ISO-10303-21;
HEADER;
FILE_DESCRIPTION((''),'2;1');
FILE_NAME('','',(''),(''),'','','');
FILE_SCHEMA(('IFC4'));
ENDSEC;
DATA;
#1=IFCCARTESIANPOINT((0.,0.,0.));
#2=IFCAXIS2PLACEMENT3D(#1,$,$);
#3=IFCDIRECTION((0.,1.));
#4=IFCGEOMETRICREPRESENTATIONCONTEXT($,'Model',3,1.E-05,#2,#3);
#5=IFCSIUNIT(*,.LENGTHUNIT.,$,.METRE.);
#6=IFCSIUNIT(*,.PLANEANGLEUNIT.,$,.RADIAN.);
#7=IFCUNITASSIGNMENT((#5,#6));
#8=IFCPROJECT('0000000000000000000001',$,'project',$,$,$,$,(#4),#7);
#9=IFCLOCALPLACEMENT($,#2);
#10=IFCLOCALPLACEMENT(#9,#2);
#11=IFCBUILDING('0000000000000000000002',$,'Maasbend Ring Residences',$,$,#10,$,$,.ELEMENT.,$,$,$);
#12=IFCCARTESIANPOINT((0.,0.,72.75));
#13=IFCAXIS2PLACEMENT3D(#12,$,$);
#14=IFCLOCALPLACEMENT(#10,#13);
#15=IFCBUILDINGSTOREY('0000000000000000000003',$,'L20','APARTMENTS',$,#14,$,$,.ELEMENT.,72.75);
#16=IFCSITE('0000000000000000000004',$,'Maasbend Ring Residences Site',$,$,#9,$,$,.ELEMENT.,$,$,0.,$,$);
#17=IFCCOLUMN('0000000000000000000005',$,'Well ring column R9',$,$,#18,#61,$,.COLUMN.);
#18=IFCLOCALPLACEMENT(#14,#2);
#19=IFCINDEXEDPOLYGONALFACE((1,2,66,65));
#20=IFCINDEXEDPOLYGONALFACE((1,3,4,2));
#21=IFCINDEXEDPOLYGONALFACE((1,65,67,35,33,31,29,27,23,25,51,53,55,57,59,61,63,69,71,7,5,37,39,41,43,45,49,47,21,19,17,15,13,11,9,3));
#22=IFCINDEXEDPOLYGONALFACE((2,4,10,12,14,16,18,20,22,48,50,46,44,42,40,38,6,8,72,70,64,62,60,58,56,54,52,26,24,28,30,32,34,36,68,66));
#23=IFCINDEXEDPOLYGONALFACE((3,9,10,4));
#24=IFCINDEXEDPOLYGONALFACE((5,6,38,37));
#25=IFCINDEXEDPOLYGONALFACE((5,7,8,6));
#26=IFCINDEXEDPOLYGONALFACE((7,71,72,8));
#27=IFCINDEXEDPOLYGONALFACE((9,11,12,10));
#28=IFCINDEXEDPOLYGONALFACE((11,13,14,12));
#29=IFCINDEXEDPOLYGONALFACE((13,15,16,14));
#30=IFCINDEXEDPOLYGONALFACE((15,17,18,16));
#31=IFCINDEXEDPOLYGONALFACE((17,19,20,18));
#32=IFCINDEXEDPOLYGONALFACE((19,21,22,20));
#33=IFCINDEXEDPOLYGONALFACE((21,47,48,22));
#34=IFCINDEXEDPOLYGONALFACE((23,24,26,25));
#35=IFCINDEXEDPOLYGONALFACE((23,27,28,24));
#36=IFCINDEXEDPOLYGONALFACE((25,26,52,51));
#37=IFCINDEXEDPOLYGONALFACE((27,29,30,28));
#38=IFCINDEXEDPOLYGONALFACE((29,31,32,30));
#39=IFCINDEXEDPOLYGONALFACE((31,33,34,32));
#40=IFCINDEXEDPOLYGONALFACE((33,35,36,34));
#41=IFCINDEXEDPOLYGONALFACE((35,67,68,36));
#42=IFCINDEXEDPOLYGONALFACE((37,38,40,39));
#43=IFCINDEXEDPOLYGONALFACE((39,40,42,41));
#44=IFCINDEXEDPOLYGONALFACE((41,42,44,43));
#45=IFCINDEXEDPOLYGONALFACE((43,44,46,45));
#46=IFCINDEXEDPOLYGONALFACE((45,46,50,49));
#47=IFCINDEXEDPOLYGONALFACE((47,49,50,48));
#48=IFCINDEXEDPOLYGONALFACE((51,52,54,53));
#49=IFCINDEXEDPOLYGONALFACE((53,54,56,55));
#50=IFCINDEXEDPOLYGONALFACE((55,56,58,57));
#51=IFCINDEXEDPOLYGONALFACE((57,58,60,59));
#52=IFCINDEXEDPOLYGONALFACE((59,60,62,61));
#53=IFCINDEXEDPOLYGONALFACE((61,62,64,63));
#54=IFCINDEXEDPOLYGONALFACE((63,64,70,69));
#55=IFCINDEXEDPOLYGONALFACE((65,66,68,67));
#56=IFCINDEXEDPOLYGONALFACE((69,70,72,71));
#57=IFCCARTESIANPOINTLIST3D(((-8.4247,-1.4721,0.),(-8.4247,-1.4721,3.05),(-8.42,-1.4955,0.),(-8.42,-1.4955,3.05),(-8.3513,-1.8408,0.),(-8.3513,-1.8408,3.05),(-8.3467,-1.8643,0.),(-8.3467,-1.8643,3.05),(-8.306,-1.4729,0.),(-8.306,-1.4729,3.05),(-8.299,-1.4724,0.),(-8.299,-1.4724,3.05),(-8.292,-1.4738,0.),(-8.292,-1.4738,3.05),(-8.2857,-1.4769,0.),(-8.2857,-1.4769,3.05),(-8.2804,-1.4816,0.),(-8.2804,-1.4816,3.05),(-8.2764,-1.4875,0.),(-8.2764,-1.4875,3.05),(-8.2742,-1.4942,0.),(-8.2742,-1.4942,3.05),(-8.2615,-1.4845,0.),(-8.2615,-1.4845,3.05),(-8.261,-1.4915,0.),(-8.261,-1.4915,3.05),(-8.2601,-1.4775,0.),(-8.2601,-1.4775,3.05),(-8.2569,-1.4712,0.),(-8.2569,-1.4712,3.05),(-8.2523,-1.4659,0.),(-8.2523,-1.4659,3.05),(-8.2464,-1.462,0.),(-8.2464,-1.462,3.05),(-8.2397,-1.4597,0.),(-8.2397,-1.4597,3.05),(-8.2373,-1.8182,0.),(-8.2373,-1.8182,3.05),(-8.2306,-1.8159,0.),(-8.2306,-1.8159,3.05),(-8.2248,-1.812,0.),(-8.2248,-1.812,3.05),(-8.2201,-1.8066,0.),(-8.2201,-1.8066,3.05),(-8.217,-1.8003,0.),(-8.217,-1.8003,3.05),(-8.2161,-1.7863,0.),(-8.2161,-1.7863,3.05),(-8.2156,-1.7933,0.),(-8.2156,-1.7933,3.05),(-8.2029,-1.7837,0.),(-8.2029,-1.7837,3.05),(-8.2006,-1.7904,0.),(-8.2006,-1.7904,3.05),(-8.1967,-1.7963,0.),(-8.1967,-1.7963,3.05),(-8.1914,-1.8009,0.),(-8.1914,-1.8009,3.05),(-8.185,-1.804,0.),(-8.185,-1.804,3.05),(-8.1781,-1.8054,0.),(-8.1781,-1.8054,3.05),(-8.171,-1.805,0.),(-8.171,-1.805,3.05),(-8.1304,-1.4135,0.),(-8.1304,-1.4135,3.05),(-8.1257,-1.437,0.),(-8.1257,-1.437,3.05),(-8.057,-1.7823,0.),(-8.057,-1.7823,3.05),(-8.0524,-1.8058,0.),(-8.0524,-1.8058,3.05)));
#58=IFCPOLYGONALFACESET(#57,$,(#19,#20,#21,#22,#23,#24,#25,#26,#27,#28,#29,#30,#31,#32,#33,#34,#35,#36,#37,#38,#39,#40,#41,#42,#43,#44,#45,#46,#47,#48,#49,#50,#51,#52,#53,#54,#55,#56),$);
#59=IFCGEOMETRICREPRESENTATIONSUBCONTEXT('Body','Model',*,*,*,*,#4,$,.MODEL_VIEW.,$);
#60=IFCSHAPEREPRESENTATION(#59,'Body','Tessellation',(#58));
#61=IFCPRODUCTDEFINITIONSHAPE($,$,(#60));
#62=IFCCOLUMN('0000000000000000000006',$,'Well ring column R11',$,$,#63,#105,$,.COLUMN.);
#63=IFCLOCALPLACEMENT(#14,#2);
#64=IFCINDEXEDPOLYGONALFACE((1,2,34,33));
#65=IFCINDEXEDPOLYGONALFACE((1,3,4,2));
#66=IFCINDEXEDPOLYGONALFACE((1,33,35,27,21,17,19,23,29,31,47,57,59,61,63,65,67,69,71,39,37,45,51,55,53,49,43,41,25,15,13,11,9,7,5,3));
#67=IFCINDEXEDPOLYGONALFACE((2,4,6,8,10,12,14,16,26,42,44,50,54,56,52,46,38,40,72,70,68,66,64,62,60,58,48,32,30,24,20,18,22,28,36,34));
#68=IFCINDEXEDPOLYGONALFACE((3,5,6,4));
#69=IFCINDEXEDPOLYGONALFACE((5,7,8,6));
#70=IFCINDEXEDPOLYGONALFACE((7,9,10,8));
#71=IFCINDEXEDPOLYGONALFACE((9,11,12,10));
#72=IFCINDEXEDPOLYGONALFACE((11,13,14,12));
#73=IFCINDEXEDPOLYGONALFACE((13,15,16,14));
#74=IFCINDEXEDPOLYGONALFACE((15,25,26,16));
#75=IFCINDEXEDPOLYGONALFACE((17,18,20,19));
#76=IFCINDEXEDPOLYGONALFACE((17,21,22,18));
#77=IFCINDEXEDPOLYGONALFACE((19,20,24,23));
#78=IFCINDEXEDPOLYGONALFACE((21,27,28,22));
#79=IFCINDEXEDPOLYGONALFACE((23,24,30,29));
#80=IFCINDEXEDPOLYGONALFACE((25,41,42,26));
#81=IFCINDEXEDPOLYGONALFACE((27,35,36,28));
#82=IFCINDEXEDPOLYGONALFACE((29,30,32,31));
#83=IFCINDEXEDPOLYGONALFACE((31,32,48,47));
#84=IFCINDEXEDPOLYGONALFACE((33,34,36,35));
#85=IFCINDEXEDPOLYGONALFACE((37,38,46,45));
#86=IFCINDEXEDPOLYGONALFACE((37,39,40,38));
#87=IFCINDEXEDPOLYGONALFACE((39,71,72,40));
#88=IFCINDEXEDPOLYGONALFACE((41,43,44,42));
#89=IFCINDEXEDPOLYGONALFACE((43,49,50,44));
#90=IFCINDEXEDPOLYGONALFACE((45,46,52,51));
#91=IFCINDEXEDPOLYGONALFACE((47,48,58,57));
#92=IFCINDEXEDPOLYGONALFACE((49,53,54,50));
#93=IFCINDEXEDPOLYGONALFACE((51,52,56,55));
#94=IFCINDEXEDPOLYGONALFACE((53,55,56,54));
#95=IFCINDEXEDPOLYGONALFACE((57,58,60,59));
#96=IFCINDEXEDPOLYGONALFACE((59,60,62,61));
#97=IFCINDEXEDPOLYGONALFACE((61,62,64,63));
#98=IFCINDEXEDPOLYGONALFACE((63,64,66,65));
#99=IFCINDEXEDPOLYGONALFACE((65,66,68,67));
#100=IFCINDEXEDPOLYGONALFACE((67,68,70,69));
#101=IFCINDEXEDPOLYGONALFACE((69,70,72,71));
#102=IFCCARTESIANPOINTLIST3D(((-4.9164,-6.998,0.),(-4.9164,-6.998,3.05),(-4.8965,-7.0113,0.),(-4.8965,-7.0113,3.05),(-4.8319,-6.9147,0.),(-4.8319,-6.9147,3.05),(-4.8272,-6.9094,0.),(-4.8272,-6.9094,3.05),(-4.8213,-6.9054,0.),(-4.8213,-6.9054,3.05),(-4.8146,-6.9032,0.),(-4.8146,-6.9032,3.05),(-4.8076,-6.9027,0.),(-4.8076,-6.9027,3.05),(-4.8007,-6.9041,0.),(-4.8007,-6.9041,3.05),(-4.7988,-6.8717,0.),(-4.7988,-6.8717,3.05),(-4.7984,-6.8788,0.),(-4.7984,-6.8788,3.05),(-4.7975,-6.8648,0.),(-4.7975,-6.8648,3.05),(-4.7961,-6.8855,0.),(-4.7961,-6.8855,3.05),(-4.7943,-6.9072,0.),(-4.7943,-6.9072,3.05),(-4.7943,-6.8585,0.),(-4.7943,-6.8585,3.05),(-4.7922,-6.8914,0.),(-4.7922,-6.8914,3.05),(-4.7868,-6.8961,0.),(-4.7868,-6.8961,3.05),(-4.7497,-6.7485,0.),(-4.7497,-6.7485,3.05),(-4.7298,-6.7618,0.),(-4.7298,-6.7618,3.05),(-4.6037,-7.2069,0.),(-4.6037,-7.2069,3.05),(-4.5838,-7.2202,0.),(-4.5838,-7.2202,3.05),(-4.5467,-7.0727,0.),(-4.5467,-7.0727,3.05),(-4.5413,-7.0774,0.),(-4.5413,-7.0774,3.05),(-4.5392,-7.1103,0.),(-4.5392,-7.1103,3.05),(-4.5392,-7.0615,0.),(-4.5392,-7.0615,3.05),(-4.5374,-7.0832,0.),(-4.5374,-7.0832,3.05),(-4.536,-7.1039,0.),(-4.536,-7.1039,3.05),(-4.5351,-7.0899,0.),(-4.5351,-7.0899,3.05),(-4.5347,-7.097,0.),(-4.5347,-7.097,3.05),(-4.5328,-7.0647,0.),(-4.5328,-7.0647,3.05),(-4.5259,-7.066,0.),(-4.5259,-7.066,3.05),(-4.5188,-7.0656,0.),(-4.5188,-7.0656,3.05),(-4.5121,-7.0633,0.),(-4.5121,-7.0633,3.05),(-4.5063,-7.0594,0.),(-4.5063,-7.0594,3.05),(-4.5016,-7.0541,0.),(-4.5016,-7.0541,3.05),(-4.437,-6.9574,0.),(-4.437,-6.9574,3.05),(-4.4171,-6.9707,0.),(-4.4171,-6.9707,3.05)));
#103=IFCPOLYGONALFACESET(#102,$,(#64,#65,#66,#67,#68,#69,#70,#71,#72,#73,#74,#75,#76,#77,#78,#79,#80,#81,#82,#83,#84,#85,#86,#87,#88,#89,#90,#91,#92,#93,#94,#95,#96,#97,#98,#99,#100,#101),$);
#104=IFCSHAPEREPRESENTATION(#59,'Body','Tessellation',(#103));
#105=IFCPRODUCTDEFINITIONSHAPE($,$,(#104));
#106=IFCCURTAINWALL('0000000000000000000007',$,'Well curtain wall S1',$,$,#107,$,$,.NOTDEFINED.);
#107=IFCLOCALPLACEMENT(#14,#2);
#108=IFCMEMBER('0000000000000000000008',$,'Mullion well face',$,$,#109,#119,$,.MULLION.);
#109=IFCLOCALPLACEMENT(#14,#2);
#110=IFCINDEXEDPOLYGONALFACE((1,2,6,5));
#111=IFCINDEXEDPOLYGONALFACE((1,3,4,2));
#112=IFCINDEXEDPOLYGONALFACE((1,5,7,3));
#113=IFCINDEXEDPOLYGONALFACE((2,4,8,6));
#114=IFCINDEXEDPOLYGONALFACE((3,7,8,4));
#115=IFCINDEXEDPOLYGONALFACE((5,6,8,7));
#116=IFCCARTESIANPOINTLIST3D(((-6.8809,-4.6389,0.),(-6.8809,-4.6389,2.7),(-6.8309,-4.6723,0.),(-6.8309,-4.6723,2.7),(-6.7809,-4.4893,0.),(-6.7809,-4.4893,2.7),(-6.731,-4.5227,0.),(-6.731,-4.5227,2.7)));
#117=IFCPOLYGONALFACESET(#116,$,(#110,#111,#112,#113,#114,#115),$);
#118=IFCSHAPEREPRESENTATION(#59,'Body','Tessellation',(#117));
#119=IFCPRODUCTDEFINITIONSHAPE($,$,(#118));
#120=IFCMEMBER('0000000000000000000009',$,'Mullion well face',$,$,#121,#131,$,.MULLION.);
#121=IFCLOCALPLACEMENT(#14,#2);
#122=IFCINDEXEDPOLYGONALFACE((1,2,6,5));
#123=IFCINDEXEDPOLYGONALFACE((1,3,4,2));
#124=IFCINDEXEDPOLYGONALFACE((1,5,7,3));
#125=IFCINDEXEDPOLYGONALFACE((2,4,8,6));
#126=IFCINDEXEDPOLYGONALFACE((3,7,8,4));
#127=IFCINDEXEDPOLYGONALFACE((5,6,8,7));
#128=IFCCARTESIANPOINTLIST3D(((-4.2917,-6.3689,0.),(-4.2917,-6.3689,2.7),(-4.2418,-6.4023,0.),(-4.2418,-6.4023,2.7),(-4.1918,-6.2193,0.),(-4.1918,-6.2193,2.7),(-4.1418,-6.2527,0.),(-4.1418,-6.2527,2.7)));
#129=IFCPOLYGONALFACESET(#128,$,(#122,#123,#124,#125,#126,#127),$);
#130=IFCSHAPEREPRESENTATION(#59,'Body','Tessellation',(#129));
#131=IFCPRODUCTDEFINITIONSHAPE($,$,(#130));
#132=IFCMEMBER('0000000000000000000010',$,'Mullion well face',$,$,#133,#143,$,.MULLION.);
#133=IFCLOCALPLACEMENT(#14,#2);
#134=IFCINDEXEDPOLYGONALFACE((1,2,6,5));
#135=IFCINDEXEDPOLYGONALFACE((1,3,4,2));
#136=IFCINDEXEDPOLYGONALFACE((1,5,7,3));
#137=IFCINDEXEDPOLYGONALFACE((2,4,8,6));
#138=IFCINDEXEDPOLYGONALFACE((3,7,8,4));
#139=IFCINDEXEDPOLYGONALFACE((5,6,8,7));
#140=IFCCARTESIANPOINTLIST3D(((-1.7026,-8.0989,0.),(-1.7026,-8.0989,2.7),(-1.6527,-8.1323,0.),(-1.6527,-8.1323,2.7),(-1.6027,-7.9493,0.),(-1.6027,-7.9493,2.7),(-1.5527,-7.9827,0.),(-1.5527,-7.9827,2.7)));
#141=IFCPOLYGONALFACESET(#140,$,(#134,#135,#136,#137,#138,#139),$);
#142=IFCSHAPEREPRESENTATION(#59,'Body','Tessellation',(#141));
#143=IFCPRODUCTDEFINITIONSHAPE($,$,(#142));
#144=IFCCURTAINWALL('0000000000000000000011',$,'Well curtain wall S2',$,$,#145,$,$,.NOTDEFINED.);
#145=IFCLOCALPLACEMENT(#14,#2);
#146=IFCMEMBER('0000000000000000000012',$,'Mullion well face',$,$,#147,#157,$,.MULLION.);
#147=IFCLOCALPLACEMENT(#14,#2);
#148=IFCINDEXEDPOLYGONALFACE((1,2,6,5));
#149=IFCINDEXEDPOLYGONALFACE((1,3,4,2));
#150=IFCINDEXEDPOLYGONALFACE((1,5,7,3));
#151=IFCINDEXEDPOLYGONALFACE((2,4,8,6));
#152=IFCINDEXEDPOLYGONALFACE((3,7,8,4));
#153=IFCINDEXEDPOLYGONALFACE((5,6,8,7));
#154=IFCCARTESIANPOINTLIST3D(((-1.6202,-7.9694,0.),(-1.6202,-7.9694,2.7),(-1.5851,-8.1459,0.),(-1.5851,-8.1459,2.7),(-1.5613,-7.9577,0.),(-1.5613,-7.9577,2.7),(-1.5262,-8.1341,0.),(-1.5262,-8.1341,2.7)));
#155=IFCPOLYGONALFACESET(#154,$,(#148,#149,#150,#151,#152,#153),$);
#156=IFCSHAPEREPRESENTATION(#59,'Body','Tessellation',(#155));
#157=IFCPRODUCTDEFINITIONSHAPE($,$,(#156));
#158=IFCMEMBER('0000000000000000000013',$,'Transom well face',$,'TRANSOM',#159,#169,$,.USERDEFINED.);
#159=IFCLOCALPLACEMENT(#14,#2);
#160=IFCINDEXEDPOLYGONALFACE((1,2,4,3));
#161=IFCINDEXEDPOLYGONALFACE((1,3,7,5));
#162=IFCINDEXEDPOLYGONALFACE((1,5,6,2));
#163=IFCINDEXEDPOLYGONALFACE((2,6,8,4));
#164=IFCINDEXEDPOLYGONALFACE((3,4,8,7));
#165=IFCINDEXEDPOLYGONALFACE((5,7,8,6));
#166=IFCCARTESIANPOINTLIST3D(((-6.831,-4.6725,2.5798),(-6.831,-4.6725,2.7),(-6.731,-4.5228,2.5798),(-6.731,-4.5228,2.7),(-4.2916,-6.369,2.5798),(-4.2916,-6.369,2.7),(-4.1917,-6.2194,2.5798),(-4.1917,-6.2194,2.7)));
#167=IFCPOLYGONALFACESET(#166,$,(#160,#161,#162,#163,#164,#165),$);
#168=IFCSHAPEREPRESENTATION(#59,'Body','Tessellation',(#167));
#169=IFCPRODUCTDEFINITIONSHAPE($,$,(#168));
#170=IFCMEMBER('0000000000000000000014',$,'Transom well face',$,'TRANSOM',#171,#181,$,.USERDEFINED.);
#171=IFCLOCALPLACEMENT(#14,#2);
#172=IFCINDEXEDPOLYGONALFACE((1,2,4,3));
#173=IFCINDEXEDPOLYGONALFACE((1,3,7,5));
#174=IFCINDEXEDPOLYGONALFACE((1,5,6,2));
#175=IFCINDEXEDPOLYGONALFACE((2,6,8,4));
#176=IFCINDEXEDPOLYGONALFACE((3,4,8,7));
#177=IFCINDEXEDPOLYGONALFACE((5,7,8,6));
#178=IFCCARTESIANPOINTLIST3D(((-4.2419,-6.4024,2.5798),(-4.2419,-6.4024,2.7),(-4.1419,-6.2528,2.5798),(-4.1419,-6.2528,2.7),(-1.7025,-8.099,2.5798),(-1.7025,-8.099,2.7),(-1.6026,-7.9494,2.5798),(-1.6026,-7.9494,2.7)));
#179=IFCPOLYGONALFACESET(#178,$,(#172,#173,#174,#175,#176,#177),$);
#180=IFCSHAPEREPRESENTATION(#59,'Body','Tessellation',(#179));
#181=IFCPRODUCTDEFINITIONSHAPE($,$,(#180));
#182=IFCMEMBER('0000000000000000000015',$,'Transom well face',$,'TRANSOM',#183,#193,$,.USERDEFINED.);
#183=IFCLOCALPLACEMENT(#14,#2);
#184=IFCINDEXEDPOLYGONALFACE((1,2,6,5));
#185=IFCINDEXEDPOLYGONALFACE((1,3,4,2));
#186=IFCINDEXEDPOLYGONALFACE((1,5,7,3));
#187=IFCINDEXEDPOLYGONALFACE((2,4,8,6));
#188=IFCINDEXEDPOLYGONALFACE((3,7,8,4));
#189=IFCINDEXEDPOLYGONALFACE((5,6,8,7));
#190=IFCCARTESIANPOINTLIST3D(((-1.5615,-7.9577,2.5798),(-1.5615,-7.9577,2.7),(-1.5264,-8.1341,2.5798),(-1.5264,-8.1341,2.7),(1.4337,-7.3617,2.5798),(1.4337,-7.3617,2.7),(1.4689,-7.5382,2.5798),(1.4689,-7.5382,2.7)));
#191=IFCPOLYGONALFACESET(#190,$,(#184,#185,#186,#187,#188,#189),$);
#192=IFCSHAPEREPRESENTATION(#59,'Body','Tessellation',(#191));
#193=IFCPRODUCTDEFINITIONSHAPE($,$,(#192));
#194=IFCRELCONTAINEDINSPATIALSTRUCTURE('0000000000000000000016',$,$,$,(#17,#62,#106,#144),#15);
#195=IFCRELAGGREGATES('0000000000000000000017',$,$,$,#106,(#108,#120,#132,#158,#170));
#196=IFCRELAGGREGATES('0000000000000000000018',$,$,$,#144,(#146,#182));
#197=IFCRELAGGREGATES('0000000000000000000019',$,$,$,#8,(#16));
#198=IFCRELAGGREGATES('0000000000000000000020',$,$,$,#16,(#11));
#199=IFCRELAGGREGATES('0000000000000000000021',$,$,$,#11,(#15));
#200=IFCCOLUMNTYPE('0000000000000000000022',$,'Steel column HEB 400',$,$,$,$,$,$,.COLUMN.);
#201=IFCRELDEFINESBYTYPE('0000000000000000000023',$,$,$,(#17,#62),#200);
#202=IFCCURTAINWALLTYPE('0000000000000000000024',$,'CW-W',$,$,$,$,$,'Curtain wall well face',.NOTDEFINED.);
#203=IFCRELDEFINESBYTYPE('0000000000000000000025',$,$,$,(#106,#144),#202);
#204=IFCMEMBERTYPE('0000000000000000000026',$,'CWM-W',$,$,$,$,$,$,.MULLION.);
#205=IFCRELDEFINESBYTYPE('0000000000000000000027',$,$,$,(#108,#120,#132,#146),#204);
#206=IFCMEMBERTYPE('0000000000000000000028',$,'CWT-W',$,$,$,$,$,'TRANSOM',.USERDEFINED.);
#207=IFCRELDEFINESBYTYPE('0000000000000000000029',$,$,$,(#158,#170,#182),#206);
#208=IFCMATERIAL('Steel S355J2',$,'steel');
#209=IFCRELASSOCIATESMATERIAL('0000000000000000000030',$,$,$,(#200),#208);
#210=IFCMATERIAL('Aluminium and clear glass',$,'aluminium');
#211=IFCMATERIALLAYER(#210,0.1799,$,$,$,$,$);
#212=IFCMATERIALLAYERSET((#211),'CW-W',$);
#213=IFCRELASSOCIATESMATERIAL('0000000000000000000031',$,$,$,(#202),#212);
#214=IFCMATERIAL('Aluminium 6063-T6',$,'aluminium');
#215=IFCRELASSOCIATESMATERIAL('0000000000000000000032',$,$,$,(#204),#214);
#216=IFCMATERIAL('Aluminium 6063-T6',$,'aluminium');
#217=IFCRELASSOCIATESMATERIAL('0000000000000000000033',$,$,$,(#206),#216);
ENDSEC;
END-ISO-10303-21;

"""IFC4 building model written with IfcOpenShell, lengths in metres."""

from ifc_helpers import new_model, si_unit, direction, frame, origin, origin_2d, place, context, subcontext, project, spatial, rectangle, i_section, extrude, material, layer, layer_set, material_profile, profile_set, type_object, element, aggregate, save


model = new_model("IFC4")

# Units and contexts
model_context = context("Model", 3, precision=1e-05, world=origin(), true_north=direction((0.0, 1.0)))
body_context = subcontext(model_context, "Body", "Model", "MODEL_VIEW")
ifc_project = project(units=[si_unit("LENGTHUNIT", "METRE"), si_unit("PLANEANGLEUNIT", "RADIAN")], contexts=[model_context])

# Site, building, storey
site_placement = place(None, origin())
site = spatial("IfcSite", under=ifc_project, at=site_placement, Name="Maasbend Ring Residences Site", CompositionType="ELEMENT", RefElevation=0.0)
building_placement = place(site_placement, origin())
building = spatial("IfcBuilding", under=site, at=building_placement, Name="Maasbend Ring Residences", CompositionType="ELEMENT")
storey_placement = place(building_placement, frame((0.0, 0.0, 72.75)))
storey = spatial("IfcBuildingStorey", under=building, at=storey_placement, Name="L20", Description="APARTMENTS", CompositionType="ELEMENT", Elevation=72.75)

# Columns
ifc_material_1 = material(Name="Steel S355J2", Category="steel")
ifc_material_profile_1 = material_profile(ifc_material_1, i_section(OverallWidth=0.3, OverallDepth=0.3999, WebThickness=0.0134, FlangeThickness=0.0239, FilletRadius=0.0271, at=origin_2d()), Name="HEB 400")
ifc_profile_set_1 = profile_set([ifc_material_profile_1], Name="Steel S355J2")
column_type = type_object("IfcColumnType", Name="Steel column HEB 400", PredefinedType="COLUMN", material=ifc_profile_set_1)
for number, where, z_axis, x_axis, name in (
    (1, (-8.2385, -1.6389, 0.0), (0.0, 0.0, 1.0), (-0.980785, -0.19509, 0.0), "Well ring column R9"),
    (2, (-4.6667, -6.9844, 0.0), (0.0, 0.0, 1.0), (-0.55557, -0.83147, 0.0), "Well ring column R11"),
):
    element("IfcColumn", number, at=place(storey_placement, frame(where, z_axis=z_axis, x_axis=x_axis)), inside=storey, type_object=column_type, Name=name, PredefinedType="COLUMN", context=body_context, shape_type="SweptSolid", body=[
        extrude(i_section(OverallWidth=0.3, OverallDepth=0.3999, WebThickness=0.0134, FlangeThickness=0.0239, FilletRadius=0.0271, at=origin_2d()), origin(), (0.0, 0.0, 1.0), 3.05),
    ])

# Curtain wall, members
ifc_material_2 = material(Name="Aluminium and clear glass", Category="aluminium")
ifc_layer_1 = layer(ifc_material_2, 0.1799)
ifc_layer_set_1 = layer_set([ifc_layer_1], Name="CW-W")
curtain_wall_type = type_object("IfcCurtainWallType", Name="CW-W", ElementType="Curtain wall well face", PredefinedType="NOTDEFINED", material=ifc_layer_set_1)
curtain_wall_1_placement = place(storey_placement, origin())
curtain_wall_1 = element("IfcCurtainWall", 3, at=curtain_wall_1_placement, inside=storey, type_object=curtain_wall_type, Name="Well curtain wall S1", PredefinedType="NOTDEFINED")
ifc_material_3 = material(Name="Aluminium 6063-T6", Category="aluminium")
ifc_material_profile_2 = material_profile(ifc_material_3, rectangle(XDim=0.1799, YDim=0.0601, at=origin_2d()), Name="AL 180x60")
ifc_profile_set_2 = profile_set([ifc_material_profile_2], Name="Aluminium 6063-T6")
member_type_1 = type_object("IfcMemberType", Name="CWM-W", PredefinedType="MULLION", material=ifc_profile_set_2)
member_1_placement = place(storey_placement, frame((-6.8059, -4.5808, 0.0), z_axis=(0.0, 0.0, 1.0), x_axis=(0.55557, 0.83147, 0.0)))
member_1 = element("IfcMember", 4, at=member_1_placement, type_object=member_type_1, Name="Mullion well face", PredefinedType="MULLION", context=body_context, shape_type="SweptSolid", body=[
    extrude(rectangle(XDim=0.1799, YDim=0.0601, at=origin_2d()), origin(), (0.0, 0.0, 1.0), 2.7),
])
member_2_placement = place(storey_placement, frame((-4.2168, -6.3108, 0.0), z_axis=(0.0, 0.0, 1.0), x_axis=(0.55557, 0.83147, 0.0)))
member_2 = element("IfcMember", 5, at=member_2_placement, type_object=member_type_1, Name="Mullion well face", PredefinedType="MULLION", context=body_context, shape_type="SweptSolid", body=[
    extrude(rectangle(XDim=0.1799, YDim=0.0601, at=origin_2d()), origin(), (0.0, 0.0, 1.0), 2.7),
])
member_3_placement = place(storey_placement, frame((-1.6277, -8.0408, 0.0), z_axis=(0.0, 0.0, 1.0), x_axis=(0.55557, 0.83147, 0.0)))
member_3 = element("IfcMember", 6, at=member_3_placement, type_object=member_type_1, Name="Mullion well face", PredefinedType="MULLION", context=body_context, shape_type="SweptSolid", body=[
    extrude(rectangle(XDim=0.1799, YDim=0.0601, at=origin_2d()), origin(), (0.0, 0.0, 1.0), 2.7),
])

# Curtain wall, member
curtain_wall_2_placement = place(storey_placement, origin())
curtain_wall_2 = element("IfcCurtainWall", 7, at=curtain_wall_2_placement, inside=storey, type_object=curtain_wall_type, Name="Well curtain wall S2", PredefinedType="NOTDEFINED")
member_4_placement = place(storey_placement, frame((-1.5732, -8.0518, 0.0), z_axis=(0.0, 0.0, 1.0), x_axis=(-0.19509, 0.980785, 0.0)))
member_4 = element("IfcMember", 8, at=member_4_placement, type_object=member_type_1, Name="Mullion well face", PredefinedType="MULLION", context=body_context, shape_type="SweptSolid", body=[
    extrude(rectangle(XDim=0.1799, YDim=0.0601, at=origin_2d()), origin(), (0.0, 0.0, 1.0), 2.7),
])

# Members
ifc_material_4 = material(Name="Aluminium 6063-T6", Category="aluminium")
ifc_material_profile_3 = material_profile(ifc_material_4, rectangle(XDim=0.1799, YDim=0.1201, at=origin_2d()), Name="AL 180x120")
ifc_profile_set_3 = profile_set([ifc_material_profile_3], Name="Aluminium 6063-T6")
member_type_2 = type_object("IfcMemberType", Name="CWT-W", ElementType="TRANSOM", PredefinedType="USERDEFINED", material=ifc_profile_set_3)
member_5_placement = place(storey_placement, frame((-6.781, -4.5977, 2.6399), z_axis=(0.831496, -0.55553, 0.0), x_axis=(0.55553, 0.831496, 0.0)))
member_5 = element("IfcMember", 9, at=member_5_placement, type_object=member_type_2, Name="Transom well face", ObjectType="TRANSOM", PredefinedType="USERDEFINED", context=body_context, shape_type="SweptSolid", body=[
    extrude(rectangle(XDim=0.1799, YDim=0.1201, at=origin_2d()), origin(), (0.0, 0.0, 1.0), 3.054),
])
member_6_placement = place(storey_placement, frame((-4.1919, -6.3276, 2.6399), z_axis=(0.831496, -0.55553, 0.0), x_axis=(0.55553, 0.831496, 0.0)))
member_6 = element("IfcMember", 10, at=member_6_placement, type_object=member_type_2, Name="Transom well face", ObjectType="TRANSOM", PredefinedType="USERDEFINED", context=body_context, shape_type="SweptSolid", body=[
    extrude(rectangle(XDim=0.1799, YDim=0.1201, at=origin_2d()), origin(), (0.0, 0.0, 1.0), 3.054),
])
member_7_placement = place(storey_placement, frame((-1.5439, -8.0459, 2.6399), z_axis=(0.980777, 0.195132, 0.0), x_axis=(-0.195132, 0.980777, 0.0)))
member_7 = element("IfcMember", 11, at=member_7_placement, type_object=member_type_2, Name="Transom well face", ObjectType="TRANSOM", PredefinedType="USERDEFINED", context=body_context, shape_type="SweptSolid", body=[
    extrude(rectangle(XDim=0.1799, YDim=0.1201, at=origin_2d()), origin(), (0.0, 0.0, 1.0), 3.054),
])

aggregate(curtain_wall_1, [member_1, member_2, member_3, member_5, member_6])
aggregate(curtain_wall_2, [member_4, member_7])

save(model, "model.ifc")
